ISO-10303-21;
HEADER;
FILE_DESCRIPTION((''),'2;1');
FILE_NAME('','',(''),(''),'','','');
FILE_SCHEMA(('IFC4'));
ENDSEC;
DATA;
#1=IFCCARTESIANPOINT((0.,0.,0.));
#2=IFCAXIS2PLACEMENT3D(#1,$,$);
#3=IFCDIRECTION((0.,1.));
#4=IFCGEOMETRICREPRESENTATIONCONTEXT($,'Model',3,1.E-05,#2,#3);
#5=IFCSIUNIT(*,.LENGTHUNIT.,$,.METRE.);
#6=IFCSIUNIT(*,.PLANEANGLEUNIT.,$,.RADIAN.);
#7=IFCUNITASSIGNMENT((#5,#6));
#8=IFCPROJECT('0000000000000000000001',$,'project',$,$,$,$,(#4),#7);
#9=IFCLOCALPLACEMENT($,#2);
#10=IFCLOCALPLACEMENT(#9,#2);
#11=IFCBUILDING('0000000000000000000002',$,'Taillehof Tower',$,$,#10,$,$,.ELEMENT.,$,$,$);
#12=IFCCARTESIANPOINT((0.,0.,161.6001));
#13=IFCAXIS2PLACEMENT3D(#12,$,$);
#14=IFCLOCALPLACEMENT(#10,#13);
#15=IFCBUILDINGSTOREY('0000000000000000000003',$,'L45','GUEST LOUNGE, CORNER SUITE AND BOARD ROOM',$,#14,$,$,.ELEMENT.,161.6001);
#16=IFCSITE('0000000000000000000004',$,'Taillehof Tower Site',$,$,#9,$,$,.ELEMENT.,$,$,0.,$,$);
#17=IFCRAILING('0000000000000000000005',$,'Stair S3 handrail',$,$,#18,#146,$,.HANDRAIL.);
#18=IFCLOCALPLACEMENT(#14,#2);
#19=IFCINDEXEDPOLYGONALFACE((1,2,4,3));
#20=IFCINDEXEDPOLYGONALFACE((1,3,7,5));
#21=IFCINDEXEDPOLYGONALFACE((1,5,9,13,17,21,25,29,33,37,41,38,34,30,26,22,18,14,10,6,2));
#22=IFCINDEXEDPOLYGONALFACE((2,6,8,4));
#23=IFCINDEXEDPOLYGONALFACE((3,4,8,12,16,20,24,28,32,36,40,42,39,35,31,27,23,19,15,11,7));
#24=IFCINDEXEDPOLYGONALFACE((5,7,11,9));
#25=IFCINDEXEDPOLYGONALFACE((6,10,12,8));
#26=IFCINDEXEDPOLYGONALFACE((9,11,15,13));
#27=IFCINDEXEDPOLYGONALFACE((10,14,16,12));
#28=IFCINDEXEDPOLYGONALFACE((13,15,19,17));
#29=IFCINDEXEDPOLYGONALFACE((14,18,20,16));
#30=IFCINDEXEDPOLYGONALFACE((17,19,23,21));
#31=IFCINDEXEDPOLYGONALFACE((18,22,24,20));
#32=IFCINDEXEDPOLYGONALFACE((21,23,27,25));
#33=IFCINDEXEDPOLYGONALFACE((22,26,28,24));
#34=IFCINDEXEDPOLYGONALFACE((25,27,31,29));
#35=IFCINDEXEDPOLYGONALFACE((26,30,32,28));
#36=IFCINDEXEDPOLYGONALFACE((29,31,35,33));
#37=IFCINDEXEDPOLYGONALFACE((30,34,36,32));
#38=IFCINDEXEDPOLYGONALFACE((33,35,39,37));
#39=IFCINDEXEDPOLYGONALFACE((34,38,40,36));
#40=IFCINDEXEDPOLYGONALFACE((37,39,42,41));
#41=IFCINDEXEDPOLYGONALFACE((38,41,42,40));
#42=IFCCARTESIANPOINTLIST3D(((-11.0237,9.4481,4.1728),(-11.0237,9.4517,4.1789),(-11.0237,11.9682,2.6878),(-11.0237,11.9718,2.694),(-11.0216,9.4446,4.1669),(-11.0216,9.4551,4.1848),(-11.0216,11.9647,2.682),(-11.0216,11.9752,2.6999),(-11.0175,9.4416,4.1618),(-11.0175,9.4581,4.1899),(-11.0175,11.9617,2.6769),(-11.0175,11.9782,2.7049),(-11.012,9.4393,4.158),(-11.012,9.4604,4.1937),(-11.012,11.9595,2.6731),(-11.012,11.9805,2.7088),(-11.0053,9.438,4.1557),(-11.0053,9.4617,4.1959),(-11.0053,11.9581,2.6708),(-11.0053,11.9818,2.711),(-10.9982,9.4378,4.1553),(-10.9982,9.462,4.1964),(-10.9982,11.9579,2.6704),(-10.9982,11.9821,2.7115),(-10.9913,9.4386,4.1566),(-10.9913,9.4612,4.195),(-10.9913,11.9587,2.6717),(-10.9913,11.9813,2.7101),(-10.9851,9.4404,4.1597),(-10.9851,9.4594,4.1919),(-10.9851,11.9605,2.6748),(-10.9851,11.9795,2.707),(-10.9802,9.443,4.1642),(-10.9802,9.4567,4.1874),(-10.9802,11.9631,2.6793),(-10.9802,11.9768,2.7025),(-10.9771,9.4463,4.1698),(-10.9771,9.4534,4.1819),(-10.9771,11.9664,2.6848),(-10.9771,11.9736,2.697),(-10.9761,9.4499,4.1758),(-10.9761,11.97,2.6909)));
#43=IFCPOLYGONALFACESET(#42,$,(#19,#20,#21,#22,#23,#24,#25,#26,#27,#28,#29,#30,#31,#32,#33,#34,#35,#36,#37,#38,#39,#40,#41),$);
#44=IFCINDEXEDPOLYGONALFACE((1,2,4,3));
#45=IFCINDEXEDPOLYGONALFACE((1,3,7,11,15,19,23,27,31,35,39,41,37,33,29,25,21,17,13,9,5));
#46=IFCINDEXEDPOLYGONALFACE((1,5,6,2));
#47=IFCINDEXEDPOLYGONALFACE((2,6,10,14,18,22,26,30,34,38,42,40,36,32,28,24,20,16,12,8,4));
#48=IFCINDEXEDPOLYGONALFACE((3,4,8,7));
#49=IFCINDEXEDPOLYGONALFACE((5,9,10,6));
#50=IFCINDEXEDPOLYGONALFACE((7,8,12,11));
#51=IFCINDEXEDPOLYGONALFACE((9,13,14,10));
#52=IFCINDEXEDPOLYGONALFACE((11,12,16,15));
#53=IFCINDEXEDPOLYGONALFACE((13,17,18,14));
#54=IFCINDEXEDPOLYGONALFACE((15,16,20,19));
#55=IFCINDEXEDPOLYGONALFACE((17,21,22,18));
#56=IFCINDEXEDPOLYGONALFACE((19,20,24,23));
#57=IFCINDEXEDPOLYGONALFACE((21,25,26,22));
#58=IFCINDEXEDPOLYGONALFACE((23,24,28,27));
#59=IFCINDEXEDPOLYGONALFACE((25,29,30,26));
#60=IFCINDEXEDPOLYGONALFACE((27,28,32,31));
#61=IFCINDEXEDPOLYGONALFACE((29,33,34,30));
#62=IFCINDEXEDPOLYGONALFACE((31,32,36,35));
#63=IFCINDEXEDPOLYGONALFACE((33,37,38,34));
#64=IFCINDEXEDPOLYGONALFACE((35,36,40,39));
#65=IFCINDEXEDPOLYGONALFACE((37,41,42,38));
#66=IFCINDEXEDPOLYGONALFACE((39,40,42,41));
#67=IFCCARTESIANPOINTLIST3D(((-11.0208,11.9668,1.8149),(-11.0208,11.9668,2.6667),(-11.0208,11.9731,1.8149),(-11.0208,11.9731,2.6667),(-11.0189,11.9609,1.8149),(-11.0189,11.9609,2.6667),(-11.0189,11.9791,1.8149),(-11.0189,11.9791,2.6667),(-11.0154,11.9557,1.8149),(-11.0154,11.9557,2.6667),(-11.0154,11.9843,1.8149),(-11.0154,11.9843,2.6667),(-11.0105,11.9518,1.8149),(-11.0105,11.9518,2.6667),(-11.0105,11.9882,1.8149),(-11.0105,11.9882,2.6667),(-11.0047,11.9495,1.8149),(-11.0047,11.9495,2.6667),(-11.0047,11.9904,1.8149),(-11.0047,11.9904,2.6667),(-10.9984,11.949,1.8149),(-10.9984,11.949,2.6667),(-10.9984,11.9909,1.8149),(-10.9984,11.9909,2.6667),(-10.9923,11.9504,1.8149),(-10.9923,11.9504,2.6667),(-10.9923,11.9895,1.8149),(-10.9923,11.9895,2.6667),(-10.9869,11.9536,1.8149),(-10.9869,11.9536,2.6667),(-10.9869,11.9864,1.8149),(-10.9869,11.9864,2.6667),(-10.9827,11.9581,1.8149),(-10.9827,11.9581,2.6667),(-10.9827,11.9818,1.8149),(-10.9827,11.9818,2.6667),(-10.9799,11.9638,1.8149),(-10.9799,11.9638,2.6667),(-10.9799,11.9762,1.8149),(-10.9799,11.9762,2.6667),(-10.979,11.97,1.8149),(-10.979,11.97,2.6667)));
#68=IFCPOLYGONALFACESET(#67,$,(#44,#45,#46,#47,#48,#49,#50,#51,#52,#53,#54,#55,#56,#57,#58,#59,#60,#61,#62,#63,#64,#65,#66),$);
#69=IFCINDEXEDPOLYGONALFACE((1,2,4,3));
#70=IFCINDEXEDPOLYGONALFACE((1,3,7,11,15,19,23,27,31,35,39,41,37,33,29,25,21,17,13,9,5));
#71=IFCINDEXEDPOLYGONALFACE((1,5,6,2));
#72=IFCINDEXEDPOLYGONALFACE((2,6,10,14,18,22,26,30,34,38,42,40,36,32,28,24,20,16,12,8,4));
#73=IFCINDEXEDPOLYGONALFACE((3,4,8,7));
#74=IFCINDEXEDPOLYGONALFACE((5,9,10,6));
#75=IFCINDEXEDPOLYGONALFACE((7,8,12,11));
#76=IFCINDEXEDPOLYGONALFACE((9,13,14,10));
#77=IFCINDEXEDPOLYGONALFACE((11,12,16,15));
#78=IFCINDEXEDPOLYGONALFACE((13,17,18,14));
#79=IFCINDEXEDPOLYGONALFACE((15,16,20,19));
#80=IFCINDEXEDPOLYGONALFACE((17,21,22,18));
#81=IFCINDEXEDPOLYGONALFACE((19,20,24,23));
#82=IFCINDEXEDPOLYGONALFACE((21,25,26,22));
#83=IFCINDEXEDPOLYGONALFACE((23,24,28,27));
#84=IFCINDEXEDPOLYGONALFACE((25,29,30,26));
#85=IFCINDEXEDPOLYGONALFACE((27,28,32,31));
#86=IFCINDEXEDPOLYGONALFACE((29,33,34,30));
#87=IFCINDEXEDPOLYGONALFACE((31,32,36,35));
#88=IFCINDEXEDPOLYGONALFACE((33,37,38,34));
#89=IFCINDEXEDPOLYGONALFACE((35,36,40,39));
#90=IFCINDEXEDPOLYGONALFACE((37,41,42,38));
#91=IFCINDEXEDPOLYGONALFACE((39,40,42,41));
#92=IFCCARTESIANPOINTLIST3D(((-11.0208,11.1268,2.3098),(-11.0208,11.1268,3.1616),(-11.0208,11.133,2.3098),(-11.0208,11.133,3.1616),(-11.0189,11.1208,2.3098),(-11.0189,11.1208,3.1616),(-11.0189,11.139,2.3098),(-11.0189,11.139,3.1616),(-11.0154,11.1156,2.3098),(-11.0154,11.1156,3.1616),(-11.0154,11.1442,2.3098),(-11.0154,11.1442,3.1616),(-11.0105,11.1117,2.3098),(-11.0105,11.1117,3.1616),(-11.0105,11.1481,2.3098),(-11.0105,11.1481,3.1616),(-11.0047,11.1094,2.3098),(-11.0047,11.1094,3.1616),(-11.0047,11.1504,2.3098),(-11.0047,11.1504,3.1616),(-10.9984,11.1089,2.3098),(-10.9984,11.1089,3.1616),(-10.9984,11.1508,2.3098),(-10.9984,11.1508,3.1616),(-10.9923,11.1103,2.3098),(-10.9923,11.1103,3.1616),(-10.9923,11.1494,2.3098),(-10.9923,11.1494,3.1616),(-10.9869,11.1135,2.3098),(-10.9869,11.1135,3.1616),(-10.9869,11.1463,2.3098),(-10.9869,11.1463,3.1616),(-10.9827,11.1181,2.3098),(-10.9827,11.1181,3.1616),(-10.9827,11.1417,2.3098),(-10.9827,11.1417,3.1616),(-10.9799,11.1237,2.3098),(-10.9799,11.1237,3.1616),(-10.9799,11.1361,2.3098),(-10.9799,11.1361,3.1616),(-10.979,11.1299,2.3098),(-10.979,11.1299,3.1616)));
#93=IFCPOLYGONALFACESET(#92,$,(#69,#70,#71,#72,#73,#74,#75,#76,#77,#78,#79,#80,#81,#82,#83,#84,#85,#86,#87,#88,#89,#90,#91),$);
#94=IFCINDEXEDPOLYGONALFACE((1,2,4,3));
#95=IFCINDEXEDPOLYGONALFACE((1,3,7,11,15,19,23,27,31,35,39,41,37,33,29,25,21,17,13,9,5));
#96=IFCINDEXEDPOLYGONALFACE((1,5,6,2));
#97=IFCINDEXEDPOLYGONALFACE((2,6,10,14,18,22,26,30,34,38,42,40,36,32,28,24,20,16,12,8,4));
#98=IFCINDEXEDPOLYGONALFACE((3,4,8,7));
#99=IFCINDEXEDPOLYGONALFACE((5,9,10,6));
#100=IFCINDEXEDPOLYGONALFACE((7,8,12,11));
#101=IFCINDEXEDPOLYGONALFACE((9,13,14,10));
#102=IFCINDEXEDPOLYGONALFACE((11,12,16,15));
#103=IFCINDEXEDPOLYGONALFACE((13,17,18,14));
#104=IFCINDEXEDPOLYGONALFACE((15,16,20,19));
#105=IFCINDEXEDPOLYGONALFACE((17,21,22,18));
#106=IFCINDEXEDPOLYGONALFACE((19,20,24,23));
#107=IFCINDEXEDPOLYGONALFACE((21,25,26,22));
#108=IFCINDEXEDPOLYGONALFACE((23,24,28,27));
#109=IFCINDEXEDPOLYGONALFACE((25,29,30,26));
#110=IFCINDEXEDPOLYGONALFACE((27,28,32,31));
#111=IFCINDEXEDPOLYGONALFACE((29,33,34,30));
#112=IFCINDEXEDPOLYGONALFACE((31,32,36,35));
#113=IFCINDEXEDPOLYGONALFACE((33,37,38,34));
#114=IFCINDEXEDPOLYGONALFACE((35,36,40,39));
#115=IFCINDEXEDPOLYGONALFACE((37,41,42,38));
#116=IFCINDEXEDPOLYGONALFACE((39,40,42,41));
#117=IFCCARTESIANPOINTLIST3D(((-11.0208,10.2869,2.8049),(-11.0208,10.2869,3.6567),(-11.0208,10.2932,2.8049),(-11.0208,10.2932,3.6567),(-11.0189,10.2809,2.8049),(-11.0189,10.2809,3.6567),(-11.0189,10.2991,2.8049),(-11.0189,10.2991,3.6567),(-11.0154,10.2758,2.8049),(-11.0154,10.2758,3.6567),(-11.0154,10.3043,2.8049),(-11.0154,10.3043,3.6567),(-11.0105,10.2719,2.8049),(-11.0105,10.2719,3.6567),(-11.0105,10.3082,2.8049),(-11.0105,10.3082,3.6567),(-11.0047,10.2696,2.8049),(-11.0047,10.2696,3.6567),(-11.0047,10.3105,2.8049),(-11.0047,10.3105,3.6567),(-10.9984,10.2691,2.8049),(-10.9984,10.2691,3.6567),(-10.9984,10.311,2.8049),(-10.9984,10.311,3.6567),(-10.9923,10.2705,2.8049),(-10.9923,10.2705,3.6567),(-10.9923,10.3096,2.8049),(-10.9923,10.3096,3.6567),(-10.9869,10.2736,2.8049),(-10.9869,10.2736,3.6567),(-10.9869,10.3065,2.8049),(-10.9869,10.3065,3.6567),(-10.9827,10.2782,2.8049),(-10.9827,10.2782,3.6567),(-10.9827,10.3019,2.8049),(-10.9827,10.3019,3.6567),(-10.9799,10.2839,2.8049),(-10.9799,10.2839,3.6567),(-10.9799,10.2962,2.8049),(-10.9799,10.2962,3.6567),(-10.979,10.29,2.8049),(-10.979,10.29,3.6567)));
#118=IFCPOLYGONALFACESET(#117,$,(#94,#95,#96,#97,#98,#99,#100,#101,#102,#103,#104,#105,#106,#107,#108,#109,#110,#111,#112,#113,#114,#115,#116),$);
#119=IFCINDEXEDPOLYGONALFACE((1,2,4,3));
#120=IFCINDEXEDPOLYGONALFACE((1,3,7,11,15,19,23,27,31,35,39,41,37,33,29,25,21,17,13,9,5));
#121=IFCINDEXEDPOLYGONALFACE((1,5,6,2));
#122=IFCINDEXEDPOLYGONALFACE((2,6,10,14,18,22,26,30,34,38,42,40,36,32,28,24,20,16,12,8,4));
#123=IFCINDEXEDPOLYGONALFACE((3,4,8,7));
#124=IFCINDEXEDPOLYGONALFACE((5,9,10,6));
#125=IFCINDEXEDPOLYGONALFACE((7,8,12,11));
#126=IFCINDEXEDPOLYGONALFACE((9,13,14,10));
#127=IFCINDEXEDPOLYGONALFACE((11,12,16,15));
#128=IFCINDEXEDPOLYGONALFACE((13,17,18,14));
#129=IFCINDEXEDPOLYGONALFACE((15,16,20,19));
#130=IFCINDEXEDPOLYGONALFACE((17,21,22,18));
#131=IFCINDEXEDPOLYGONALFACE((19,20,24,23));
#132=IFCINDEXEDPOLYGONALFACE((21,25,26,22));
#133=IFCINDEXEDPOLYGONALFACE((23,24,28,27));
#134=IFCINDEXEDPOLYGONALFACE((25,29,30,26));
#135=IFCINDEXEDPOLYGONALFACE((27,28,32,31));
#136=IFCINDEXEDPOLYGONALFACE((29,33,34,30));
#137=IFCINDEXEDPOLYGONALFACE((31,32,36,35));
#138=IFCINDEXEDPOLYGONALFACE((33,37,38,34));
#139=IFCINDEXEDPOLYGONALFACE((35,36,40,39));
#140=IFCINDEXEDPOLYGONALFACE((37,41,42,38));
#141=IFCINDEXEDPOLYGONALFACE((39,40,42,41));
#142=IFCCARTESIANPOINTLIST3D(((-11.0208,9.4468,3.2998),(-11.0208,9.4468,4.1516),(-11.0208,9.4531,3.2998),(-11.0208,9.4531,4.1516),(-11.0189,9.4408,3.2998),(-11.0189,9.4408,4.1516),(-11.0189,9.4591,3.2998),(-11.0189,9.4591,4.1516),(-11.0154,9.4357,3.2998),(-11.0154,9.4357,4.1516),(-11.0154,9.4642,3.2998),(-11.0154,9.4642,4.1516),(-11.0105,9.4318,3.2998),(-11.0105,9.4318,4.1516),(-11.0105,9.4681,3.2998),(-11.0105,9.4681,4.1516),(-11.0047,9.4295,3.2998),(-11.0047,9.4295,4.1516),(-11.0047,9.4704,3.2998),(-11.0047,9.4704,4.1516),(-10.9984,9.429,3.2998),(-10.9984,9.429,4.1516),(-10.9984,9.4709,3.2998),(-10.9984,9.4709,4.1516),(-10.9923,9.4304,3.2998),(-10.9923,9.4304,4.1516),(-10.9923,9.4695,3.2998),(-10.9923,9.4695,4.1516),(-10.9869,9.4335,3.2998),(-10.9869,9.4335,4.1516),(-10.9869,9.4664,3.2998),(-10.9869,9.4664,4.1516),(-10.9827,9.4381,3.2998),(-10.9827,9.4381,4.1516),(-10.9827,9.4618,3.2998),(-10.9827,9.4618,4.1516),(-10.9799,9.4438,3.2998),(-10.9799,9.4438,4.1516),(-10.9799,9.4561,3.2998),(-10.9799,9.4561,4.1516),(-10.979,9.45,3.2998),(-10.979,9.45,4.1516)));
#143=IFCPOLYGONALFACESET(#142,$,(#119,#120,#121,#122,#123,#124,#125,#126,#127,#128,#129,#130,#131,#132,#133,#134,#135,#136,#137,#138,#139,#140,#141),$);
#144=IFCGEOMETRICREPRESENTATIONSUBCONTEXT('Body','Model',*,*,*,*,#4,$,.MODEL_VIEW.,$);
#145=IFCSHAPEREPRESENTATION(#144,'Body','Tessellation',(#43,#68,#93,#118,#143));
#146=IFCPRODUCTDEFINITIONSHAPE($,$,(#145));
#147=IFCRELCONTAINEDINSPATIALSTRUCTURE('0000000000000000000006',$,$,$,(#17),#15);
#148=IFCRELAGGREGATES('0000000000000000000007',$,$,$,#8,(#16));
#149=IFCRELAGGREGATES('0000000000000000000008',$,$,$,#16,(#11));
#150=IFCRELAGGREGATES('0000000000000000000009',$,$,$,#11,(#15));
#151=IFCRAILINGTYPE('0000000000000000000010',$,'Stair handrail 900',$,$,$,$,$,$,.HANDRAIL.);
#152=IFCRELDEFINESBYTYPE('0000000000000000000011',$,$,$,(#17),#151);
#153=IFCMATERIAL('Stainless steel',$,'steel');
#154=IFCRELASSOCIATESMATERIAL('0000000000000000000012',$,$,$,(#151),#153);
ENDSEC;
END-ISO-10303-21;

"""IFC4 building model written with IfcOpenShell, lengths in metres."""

from ifc_helpers import new_model, si_unit, direction, frame, origin, origin_2d, place, context, subcontext, project, spatial, circle, extrude, material, type_object, element, save


model = new_model("IFC4")

# Units and contexts
model_context = context("Model", 3, precision=1e-05, world=origin(), true_north=direction((0.0, 1.0)))
body_context = subcontext(model_context, "Body", "Model", "MODEL_VIEW")
ifc_project = project(units=[si_unit("LENGTHUNIT", "METRE"), si_unit("PLANEANGLEUNIT", "RADIAN")], contexts=[model_context])

# Site, building, storey
site_placement = place(None, origin())
site = spatial("IfcSite", under=ifc_project, at=site_placement, Name="Taillehof Tower Site", CompositionType="ELEMENT", RefElevation=0.0)
building_placement = place(site_placement, origin())
building = spatial("IfcBuilding", under=site, at=building_placement, Name="Taillehof Tower", CompositionType="ELEMENT")
storey_placement = place(building_placement, frame((0.0, 0.0, 161.6001)))
storey = spatial("IfcBuildingStorey", under=building, at=storey_placement, Name="L45", Description="GUEST LOUNGE, CORNER SUITE AND BOARD ROOM", CompositionType="ELEMENT", Elevation=161.6001)

# Railing
ifc_material_1 = material(Name="Stainless steel", Category="steel")
railing_type = type_object("IfcRailingType", Name="Stair handrail 900", PredefinedType="HANDRAIL", material=ifc_material_1)
railing_placement = place(storey_placement, frame((-11.0, 11.97, 1.8149)))
element("IfcRailing", 1, at=railing_placement, inside=storey, type_object=railing_type, Name="Stair S3 handrail", PredefinedType="HANDRAIL", context=body_context, shape_type="SweptSolid", body=[
    extrude(circle(Radius=0.0239, at=origin_2d()), frame((0.0, 0.0, 0.876), z_axis=(0.0, -0.861561, 0.507655), x_axis=(1.0, 0.0, 0.0)), (0.0, 0.0, 1.0), 2.925),
    extrude(circle(Radius=0.021, at=origin_2d()), origin(), (0.0, 0.0, 1.0), 0.8518),
    extrude(circle(Radius=0.021, at=origin_2d()), frame((0.0, -0.8401, 0.4949)), (0.0, 0.0, 1.0), 0.8518),
    extrude(circle(Radius=0.021, at=origin_2d()), frame((0.0, -1.6799, 0.99)), (0.0, 0.0, 1.0), 0.8518),
    extrude(circle(Radius=0.021, at=origin_2d()), frame((0.0, -2.52, 1.4849)), (0.0, 0.0, 1.0), 0.8518),
])

save(model, "model.ifc")
